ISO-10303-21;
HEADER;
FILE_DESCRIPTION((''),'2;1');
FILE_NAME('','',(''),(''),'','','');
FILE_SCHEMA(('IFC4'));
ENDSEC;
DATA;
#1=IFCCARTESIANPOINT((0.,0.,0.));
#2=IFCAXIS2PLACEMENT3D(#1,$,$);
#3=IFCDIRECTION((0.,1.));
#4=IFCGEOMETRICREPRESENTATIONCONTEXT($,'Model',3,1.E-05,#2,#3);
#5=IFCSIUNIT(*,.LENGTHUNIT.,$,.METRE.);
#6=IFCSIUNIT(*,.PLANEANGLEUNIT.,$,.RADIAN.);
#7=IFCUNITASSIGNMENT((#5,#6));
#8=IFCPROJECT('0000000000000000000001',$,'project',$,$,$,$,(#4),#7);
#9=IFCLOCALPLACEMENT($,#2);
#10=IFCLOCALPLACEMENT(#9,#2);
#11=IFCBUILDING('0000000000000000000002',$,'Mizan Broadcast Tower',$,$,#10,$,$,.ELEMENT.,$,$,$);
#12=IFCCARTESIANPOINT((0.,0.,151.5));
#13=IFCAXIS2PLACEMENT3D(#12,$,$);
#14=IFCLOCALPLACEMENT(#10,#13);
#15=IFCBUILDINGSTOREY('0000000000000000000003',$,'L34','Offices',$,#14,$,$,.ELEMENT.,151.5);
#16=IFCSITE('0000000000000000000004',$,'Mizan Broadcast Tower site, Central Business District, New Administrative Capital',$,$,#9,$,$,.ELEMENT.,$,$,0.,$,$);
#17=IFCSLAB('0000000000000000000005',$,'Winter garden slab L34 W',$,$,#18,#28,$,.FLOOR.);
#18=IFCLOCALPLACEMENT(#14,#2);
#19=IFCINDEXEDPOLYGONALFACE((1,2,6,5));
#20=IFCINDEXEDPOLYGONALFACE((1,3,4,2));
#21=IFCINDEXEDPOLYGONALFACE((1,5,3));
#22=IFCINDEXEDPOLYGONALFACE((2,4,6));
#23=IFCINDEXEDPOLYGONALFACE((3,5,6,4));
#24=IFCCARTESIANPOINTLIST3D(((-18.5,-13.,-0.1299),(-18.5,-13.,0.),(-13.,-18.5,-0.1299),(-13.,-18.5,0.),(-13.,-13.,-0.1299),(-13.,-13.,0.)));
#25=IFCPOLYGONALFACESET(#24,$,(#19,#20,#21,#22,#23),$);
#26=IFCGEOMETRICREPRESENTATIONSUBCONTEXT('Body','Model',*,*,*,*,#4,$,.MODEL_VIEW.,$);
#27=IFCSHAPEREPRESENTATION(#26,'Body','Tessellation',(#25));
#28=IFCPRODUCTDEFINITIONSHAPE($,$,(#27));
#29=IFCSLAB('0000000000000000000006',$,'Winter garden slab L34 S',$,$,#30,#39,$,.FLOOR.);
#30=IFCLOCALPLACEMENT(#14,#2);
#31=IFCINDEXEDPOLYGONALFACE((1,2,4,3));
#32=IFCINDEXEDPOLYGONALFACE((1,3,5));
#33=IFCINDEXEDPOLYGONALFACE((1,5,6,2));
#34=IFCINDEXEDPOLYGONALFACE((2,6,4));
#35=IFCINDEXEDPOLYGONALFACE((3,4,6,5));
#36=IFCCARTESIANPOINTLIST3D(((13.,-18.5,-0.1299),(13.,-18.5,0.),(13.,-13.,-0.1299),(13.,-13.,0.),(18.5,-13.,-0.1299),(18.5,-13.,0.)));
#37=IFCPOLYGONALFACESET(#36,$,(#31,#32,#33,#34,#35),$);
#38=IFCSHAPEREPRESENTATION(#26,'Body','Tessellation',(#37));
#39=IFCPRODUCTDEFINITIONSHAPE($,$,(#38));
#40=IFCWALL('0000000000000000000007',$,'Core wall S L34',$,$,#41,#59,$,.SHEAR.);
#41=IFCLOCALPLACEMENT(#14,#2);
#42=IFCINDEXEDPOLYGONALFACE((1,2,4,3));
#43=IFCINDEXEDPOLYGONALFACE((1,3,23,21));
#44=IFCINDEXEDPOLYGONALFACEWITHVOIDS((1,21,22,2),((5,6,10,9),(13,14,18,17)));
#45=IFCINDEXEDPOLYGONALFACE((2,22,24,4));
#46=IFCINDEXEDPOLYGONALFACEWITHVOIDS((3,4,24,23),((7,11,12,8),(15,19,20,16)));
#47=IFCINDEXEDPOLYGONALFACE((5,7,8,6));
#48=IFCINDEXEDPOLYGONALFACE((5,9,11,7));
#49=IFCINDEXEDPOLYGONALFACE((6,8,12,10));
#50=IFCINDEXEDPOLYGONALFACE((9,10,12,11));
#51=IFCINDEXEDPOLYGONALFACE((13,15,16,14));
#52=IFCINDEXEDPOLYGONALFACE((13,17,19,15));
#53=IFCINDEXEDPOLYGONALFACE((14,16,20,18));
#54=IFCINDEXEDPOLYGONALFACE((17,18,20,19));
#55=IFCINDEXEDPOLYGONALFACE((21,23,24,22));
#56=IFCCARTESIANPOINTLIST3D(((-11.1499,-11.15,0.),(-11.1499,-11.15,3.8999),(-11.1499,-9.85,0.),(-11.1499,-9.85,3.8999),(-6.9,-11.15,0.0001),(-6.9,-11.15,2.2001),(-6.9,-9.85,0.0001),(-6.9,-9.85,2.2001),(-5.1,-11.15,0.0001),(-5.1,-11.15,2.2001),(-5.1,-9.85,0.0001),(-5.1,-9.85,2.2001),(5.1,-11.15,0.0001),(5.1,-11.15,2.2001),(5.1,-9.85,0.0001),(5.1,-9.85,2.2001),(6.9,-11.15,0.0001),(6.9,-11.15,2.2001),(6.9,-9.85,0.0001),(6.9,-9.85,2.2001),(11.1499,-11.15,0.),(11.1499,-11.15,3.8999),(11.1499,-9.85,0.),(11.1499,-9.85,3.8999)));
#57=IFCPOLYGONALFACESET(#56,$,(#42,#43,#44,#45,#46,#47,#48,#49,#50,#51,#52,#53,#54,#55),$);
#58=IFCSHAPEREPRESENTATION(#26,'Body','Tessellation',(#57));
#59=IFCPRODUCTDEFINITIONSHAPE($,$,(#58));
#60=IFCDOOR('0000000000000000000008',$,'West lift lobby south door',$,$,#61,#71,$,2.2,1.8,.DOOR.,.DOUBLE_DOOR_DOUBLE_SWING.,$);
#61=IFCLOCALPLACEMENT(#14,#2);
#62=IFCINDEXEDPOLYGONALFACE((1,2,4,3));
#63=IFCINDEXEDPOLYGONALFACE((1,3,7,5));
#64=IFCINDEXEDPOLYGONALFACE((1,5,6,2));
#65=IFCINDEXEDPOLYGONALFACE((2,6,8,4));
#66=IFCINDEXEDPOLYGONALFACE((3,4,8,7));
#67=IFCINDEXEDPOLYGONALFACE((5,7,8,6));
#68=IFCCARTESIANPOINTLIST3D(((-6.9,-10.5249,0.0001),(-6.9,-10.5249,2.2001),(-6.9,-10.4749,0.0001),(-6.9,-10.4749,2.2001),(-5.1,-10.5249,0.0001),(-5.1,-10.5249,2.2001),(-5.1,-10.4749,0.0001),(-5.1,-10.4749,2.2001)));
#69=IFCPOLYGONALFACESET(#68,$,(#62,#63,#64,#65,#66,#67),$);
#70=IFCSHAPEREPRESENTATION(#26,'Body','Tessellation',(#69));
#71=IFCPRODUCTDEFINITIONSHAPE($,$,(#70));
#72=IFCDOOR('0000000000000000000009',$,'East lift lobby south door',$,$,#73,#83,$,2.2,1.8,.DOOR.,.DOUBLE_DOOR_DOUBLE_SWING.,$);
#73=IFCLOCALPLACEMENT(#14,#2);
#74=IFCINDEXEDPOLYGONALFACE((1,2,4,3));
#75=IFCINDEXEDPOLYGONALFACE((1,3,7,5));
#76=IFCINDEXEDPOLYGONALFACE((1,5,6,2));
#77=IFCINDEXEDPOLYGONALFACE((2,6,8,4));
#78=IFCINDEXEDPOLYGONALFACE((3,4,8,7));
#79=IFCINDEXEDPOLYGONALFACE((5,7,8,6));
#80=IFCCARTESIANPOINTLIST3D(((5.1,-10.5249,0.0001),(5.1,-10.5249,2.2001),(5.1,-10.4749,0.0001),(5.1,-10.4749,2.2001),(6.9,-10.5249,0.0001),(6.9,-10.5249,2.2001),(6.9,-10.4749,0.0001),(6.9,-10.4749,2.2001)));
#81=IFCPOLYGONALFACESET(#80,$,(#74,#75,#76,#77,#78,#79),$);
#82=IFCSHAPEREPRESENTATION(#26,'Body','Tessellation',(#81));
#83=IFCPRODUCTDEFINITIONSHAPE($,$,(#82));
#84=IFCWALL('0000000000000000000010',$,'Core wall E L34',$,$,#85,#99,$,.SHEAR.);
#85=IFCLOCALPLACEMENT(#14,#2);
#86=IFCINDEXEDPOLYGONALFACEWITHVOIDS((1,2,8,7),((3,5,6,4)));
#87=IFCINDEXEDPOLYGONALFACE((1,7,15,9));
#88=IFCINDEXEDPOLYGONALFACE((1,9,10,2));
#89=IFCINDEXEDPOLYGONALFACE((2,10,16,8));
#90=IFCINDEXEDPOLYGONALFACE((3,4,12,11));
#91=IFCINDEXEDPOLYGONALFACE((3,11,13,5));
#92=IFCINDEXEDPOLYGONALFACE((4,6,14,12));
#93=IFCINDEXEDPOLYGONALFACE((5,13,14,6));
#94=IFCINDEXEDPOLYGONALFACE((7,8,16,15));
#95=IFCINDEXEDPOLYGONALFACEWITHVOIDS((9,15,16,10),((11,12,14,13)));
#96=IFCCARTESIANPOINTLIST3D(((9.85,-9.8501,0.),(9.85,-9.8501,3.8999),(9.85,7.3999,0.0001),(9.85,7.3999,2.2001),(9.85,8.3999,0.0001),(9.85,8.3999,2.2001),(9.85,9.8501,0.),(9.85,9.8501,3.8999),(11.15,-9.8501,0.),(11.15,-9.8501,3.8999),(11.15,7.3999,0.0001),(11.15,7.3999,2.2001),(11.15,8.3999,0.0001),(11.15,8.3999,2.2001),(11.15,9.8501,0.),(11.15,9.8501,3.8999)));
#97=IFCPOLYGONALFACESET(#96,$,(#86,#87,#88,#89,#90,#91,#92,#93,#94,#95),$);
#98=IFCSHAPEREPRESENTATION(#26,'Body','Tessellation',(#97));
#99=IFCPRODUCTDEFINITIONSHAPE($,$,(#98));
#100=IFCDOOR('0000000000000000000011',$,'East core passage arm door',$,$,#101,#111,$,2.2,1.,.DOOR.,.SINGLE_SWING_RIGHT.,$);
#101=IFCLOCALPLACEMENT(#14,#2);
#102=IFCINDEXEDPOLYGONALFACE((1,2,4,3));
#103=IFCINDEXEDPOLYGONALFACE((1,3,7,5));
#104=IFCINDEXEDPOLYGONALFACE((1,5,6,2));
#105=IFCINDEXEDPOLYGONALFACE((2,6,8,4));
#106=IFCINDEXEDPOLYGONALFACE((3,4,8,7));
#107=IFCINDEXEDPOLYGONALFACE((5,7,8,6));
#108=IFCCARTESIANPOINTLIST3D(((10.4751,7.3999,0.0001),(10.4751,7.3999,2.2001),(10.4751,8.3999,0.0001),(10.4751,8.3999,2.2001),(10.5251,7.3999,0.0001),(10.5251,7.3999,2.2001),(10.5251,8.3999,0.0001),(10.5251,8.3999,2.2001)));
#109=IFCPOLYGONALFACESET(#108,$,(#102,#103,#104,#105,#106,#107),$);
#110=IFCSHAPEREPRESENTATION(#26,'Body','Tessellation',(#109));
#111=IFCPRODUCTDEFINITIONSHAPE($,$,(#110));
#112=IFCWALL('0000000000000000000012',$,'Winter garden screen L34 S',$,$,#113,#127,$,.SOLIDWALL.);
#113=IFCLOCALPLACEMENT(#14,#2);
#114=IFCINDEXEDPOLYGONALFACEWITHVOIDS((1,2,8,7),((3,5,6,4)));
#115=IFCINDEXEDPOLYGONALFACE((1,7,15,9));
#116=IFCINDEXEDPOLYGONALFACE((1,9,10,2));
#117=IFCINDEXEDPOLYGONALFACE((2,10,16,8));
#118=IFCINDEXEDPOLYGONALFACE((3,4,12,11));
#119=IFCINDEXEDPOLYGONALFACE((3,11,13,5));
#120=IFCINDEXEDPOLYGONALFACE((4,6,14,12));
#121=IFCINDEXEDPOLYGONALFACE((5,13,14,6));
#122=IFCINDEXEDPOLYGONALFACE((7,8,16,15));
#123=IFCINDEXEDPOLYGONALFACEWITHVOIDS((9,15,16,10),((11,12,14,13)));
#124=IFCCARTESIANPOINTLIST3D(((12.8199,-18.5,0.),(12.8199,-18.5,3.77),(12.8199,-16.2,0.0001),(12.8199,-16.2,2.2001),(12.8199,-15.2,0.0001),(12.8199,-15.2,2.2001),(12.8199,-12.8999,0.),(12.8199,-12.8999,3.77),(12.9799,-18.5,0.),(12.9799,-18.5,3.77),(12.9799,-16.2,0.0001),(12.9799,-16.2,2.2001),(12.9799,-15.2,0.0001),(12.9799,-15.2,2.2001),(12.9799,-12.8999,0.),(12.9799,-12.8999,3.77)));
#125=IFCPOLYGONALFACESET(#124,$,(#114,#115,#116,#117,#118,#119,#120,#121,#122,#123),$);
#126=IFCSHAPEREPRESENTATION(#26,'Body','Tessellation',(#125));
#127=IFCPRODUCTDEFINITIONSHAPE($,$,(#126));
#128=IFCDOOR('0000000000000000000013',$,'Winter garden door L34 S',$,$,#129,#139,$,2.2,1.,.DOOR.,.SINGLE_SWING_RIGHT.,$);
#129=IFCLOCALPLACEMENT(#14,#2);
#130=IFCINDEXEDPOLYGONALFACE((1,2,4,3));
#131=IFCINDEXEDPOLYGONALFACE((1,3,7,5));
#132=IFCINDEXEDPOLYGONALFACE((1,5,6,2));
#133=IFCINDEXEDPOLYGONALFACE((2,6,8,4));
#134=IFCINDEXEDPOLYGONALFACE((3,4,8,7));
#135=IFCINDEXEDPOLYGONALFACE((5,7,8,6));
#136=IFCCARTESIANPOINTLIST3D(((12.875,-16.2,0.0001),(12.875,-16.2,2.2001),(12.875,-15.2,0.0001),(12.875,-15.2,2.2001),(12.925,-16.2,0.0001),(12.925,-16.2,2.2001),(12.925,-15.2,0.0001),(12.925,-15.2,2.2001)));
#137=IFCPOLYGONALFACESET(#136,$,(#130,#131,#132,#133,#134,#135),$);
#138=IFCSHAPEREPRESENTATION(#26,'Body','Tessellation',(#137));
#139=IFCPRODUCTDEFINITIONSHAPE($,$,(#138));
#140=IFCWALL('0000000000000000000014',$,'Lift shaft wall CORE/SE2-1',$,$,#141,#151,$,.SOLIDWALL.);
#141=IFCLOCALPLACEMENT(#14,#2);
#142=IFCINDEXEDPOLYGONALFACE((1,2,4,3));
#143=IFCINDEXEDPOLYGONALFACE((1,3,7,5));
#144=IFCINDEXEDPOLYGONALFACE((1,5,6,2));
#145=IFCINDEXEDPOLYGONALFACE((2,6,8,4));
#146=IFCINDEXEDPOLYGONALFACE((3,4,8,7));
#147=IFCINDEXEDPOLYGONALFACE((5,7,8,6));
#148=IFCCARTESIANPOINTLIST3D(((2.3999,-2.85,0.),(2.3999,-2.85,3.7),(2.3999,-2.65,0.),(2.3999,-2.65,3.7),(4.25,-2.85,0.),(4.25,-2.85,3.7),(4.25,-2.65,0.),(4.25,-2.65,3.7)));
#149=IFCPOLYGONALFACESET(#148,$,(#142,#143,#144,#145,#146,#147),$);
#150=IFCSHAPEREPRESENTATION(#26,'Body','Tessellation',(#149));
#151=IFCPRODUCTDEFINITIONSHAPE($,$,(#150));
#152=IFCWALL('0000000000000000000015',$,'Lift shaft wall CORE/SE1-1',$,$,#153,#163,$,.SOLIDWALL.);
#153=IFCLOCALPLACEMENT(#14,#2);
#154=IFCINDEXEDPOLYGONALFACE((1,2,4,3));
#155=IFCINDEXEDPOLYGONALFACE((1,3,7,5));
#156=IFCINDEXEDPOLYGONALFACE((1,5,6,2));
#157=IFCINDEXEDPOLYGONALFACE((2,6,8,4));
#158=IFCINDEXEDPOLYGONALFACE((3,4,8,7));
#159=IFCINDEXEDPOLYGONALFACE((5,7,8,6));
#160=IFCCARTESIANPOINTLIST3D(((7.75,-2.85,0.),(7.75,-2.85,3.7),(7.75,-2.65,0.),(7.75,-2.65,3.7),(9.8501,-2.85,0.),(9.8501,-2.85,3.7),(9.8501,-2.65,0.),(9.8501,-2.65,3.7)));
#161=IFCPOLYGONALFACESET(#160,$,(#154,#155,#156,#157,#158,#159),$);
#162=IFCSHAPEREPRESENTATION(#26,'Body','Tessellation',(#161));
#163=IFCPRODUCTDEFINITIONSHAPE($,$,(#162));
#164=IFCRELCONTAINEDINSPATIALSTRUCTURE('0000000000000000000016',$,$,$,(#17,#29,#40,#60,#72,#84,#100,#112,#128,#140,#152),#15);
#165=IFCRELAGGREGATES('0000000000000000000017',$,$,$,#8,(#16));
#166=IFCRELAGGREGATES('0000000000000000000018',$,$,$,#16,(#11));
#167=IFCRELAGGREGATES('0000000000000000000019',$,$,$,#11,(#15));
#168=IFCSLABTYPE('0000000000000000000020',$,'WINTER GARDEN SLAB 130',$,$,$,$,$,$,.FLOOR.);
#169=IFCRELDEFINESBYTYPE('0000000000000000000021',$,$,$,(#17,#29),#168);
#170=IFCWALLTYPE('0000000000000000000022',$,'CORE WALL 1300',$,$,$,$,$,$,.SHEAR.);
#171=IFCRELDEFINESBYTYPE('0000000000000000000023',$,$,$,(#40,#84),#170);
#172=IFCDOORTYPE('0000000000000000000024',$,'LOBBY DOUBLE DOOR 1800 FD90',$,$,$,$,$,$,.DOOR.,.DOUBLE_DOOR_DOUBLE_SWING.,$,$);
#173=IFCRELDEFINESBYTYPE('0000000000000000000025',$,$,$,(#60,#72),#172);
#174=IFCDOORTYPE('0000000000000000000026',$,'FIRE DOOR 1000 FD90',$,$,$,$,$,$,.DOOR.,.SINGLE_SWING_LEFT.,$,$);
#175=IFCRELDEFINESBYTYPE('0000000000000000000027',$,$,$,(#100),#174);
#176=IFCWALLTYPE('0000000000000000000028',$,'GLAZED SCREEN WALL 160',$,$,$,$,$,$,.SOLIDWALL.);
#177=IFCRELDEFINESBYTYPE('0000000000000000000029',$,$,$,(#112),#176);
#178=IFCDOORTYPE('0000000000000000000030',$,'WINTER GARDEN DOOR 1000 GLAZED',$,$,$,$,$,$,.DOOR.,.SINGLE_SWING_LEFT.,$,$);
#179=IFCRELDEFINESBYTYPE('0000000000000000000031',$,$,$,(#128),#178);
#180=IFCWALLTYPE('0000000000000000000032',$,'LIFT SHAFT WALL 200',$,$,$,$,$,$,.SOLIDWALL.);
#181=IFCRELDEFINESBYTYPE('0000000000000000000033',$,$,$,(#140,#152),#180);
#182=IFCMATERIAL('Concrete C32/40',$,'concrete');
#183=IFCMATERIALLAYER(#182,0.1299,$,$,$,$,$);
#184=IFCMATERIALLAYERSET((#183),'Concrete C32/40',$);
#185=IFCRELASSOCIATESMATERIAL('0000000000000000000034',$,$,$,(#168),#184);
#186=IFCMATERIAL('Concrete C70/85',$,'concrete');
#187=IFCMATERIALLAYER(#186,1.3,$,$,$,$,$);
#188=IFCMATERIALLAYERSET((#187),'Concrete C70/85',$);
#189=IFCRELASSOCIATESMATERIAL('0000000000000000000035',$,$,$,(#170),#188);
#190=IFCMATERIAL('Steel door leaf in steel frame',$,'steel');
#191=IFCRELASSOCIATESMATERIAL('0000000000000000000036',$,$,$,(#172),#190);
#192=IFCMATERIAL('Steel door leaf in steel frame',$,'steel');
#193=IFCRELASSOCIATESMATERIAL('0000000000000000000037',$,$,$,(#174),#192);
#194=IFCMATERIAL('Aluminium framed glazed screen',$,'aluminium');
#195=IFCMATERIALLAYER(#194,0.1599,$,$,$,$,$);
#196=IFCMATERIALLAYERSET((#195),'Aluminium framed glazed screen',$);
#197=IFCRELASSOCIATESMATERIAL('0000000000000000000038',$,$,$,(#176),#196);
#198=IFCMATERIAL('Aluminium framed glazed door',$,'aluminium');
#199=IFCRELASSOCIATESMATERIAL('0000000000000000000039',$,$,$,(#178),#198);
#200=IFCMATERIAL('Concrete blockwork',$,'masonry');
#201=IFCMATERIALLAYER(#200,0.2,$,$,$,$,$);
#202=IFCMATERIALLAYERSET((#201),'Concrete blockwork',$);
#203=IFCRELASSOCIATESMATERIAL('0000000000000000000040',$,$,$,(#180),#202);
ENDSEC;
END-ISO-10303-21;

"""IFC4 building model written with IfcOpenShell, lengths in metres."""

from ifc_helpers import new_model, si_unit, direction, frame, frame_2d, origin, place, context, subcontext, project, spatial, polyline, rectangle, outline, extrude, material, layer, layer_set, type_object, element, fill, save


model = new_model("IFC4")

# Units and contexts
model_context = context("Model", 3, precision=1e-05, world=origin(), true_north=direction((0.0, 1.0)))
body_context = subcontext(model_context, "Body", "Model", "MODEL_VIEW")
ifc_project = project(units=[si_unit("LENGTHUNIT", "METRE"), si_unit("PLANEANGLEUNIT", "RADIAN")], contexts=[model_context])

# Site, building, storey
site_placement = place(None, origin())
site = spatial("IfcSite", under=ifc_project, at=site_placement, Name="Mizan Broadcast Tower site, Central Business District, New Administrative Capital", CompositionType="ELEMENT", RefElevation=0.0)
building_placement = place(site_placement, origin())
building = spatial("IfcBuilding", under=site, at=building_placement, Name="Mizan Broadcast Tower", CompositionType="ELEMENT")
storey_placement = place(building_placement, frame((0.0, 0.0, 151.5)))
storey = spatial("IfcBuildingStorey", under=building, at=storey_placement, Name="L34", Description="Offices", CompositionType="ELEMENT", Elevation=151.5)

# Slabs
ifc_material_1 = material(Name="Concrete C32/40", Category="concrete")
ifc_layer_1 = layer(ifc_material_1, 0.1299)
ifc_layer_set_1 = layer_set([ifc_layer_1], Name="Concrete C32/40")
slab_type_1 = type_object("IfcSlabType", Name="WINTER GARDEN SLAB 130", PredefinedType="FLOOR", material=ifc_layer_set_1)
slab_1_placement = place(storey_placement, frame((0.0, 0.0, -0.1299)))
element("IfcSlab", 1, at=slab_1_placement, inside=storey, type_object=slab_type_1, Name="Winter garden slab L34 W", PredefinedType="FLOOR", context=body_context, shape_type="SweptSolid", body=[
    extrude(outline(polyline([(-13.0, -13.0), (-18.5, -13.0), (-13.0, -18.5), (-13.0, -13.0)])), origin(), (0.0, 0.0, 1.0), 0.1299),
])
slab_2_placement = place(storey_placement, frame((0.0, 0.0, -0.1299)))
element("IfcSlab", 2, at=slab_2_placement, inside=storey, type_object=slab_type_1, Name="Winter garden slab L34 S", PredefinedType="FLOOR", context=body_context, shape_type="SweptSolid", body=[
    extrude(outline(polyline([(13.0, -13.0), (13.0, -18.5), (18.5, -13.0), (13.0, -13.0)])), origin(), (0.0, 0.0, 1.0), 0.1299),
])

# Wall, openings, doors
ifc_material_2 = material(Name="Concrete C70/85", Category="concrete")
ifc_layer_2 = layer(ifc_material_2, 1.3)
ifc_layer_set_2 = layer_set([ifc_layer_2], Name="Concrete C70/85")
wall_type_1 = type_object("IfcWallType", Name="CORE WALL 1300", PredefinedType="SHEAR", material=ifc_layer_set_2)
wall_1_placement = place(storey_placement, frame((11.1499, -10.5, 0.0), z_axis=(0.0, 0.0, 1.0), x_axis=(-1.0, 0.0, 0.0)))
wall_1 = element("IfcWall", 3, at=wall_1_placement, inside=storey, type_object=wall_type_1, Name="Core wall S L34", PredefinedType="SHEAR", context=body_context, shape_type="SweptSolid", body=[
    extrude(rectangle(XDim=22.2998, YDim=1.3, at=frame_2d((11.1499, 0.0))), origin(), (0.0, 0.0, 1.0), 3.8999),
])
opening_1_placement = place(wall_1_placement, frame((16.25, 0.0, 0.0)))
opening_1 = element("IfcOpeningElement", 4, at=opening_1_placement, cuts=wall_1, PredefinedType="OPENING", context=body_context, shape_type="SweptSolid", body=[
    extrude(rectangle(XDim=1.8, YDim=2.2, at=frame_2d((0.8999, 1.1001))), frame((0.0, 0.6599, 0.0), z_axis=(0.0, -1.0, 0.0), x_axis=(1.0, 0.0, 0.0)), (0.0, 0.0, 1.0), 1.3201),
])
opening_2_placement = place(wall_1_placement, frame((4.25, 0.0, 0.0)))
opening_2 = element("IfcOpeningElement", 5, at=opening_2_placement, cuts=wall_1, PredefinedType="OPENING", context=body_context, shape_type="SweptSolid", body=[
    extrude(rectangle(XDim=1.8, YDim=2.2, at=frame_2d((0.8999, 1.1001))), frame((0.0, 0.6599, 0.0), z_axis=(0.0, -1.0, 0.0), x_axis=(1.0, 0.0, 0.0)), (0.0, 0.0, 1.0), 1.3201),
])
ifc_material_3 = material(Name="Steel door leaf in steel frame", Category="steel")
door_type_1 = type_object("IfcDoorType", Name="LOBBY DOUBLE DOOR 1800 FD90", OperationType="DOUBLE_DOOR_DOUBLE_SWING", PredefinedType="DOOR", material=ifc_material_3)
door_1_placement = place(opening_1_placement, origin())
door_1 = element("IfcDoor", 6, at=door_1_placement, inside=storey, type_object=door_type_1, Name="West lift lobby south door", OperationType="DOUBLE_DOOR_DOUBLE_SWING", OverallHeight=2.2, OverallWidth=1.8, PredefinedType="DOOR", context=body_context, shape_type="SweptSolid", body=[
    extrude(rectangle(XDim=1.8, YDim=2.2, at=frame_2d((0.8999, 1.1001))), frame((0.0, 0.0249, 0.0), z_axis=(0.0, -1.0, 0.0), x_axis=(1.0, 0.0, 0.0)), (0.0, 0.0, 1.0), 0.05),
])
fill(opening_1, door_1)
door_2_placement = place(opening_2_placement, origin())
door_2 = element("IfcDoor", 7, at=door_2_placement, inside=storey, type_object=door_type_1, Name="East lift lobby south door", OperationType="DOUBLE_DOOR_DOUBLE_SWING", OverallHeight=2.2, OverallWidth=1.8, PredefinedType="DOOR", context=body_context, shape_type="SweptSolid", body=[
    extrude(rectangle(XDim=1.8, YDim=2.2, at=frame_2d((0.8999, 1.1001))), frame((0.0, 0.0249, 0.0), z_axis=(0.0, -1.0, 0.0), x_axis=(1.0, 0.0, 0.0)), (0.0, 0.0, 1.0), 0.05),
])
fill(opening_2, door_2)

# Walls, openings, doors
wall_2_placement = place(storey_placement, frame((10.5, -9.8501, 0.0), z_axis=(0.0, 0.0, 1.0), x_axis=(0.0, 1.0, 0.0)))
wall_2 = element("IfcWall", 8, at=wall_2_placement, inside=storey, type_object=wall_type_1, Name="Core wall E L34", PredefinedType="SHEAR", context=body_context, shape_type="SweptSolid", body=[
    extrude(rectangle(XDim=19.7002, YDim=1.3, at=frame_2d((9.8501, 0.0))), origin(), (0.0, 0.0, 1.0), 3.8999),
])
opening_3_placement = place(wall_2_placement, frame((17.25, 0.0, 0.0)))
opening_3 = element("IfcOpeningElement", 9, at=opening_3_placement, cuts=wall_2, PredefinedType="OPENING", context=body_context, shape_type="SweptSolid", body=[
    extrude(rectangle(XDim=1.0, YDim=2.2, at=frame_2d((0.5, 1.1001))), frame((0.0, 0.6599, 0.0), z_axis=(0.0, -1.0, 0.0), x_axis=(1.0, 0.0, 0.0)), (0.0, 0.0, 1.0), 1.3201),
])
ifc_material_4 = material(Name="Steel door leaf in steel frame", Category="steel")
door_type_2 = type_object("IfcDoorType", Name="FIRE DOOR 1000 FD90", OperationType="SINGLE_SWING_LEFT", PredefinedType="DOOR", material=ifc_material_4)
door_3_placement = place(opening_3_placement, origin())
door_3 = element("IfcDoor", 10, at=door_3_placement, inside=storey, type_object=door_type_2, Name="East core passage arm door", OperationType="SINGLE_SWING_RIGHT", OverallHeight=2.2, OverallWidth=1.0, PredefinedType="DOOR", context=body_context, shape_type="SweptSolid", body=[
    extrude(rectangle(XDim=1.0, YDim=2.2, at=frame_2d((0.5, 1.1001))), frame((0.0, 0.0249, 0.0), z_axis=(0.0, -1.0, 0.0), x_axis=(1.0, 0.0, 0.0)), (0.0, 0.0, 1.0), 0.05),
])
fill(opening_3, door_3)
ifc_material_5 = material(Name="Aluminium framed glazed screen", Category="aluminium")
ifc_layer_3 = layer(ifc_material_5, 0.1599)
ifc_layer_set_3 = layer_set([ifc_layer_3], Name="Aluminium framed glazed screen")
wall_type_2 = type_object("IfcWallType", Name="GLAZED SCREEN WALL 160", PredefinedType="SOLIDWALL", material=ifc_layer_set_3)
wall_3_placement = place(storey_placement, frame((12.8999, -18.5, 0.0), z_axis=(0.0, 0.0, 1.0), x_axis=(0.0, 1.0, 0.0)))
wall_3 = element("IfcWall", 11, at=wall_3_placement, inside=storey, type_object=wall_type_2, Name="Winter garden screen L34 S", PredefinedType="SOLIDWALL", context=body_context, shape_type="SweptSolid", body=[
    extrude(rectangle(XDim=5.6001, YDim=0.1599, at=frame_2d((2.8, 0.0))), origin(), (0.0, 0.0, 1.0), 3.77),
])
opening_4_placement = place(wall_3_placement, frame((2.3, 0.0, 0.0)))
opening_4 = element("IfcOpeningElement", 12, at=opening_4_placement, cuts=wall_3, PredefinedType="OPENING", context=body_context, shape_type="SweptSolid", body=[
    extrude(rectangle(XDim=1.0, YDim=2.2, at=frame_2d((0.5, 1.1001))), frame((0.0, 0.0898, 0.0), z_axis=(0.0, -1.0, 0.0), x_axis=(1.0, 0.0, 0.0)), (0.0, 0.0, 1.0), 0.1799),
])
ifc_material_6 = material(Name="Aluminium framed glazed door", Category="aluminium")
door_type_3 = type_object("IfcDoorType", Name="WINTER GARDEN DOOR 1000 GLAZED", OperationType="SINGLE_SWING_LEFT", PredefinedType="DOOR", material=ifc_material_6)
door_4_placement = place(opening_4_placement, origin())
door_4 = element("IfcDoor", 13, at=door_4_placement, inside=storey, type_object=door_type_3, Name="Winter garden door L34 S", OperationType="SINGLE_SWING_RIGHT", OverallHeight=2.2, OverallWidth=1.0, PredefinedType="DOOR", context=body_context, shape_type="SweptSolid", body=[
    extrude(rectangle(XDim=1.0, YDim=2.2, at=frame_2d((0.5, 1.1001))), frame((0.0, 0.0249, 0.0), z_axis=(0.0, -1.0, 0.0), x_axis=(1.0, 0.0, 0.0)), (0.0, 0.0, 1.0), 0.05),
])
fill(opening_4, door_4)

# Walls
ifc_material_7 = material(Name="Concrete blockwork", Category="masonry")
ifc_layer_4 = layer(ifc_material_7, 0.2)
ifc_layer_set_4 = layer_set([ifc_layer_4], Name="Concrete blockwork")
wall_type_3 = type_object("IfcWallType", Name="LIFT SHAFT WALL 200", PredefinedType="SOLIDWALL", material=ifc_layer_set_4)
wall_4_placement = place(storey_placement, frame((2.3999, -2.75, 0.0), z_axis=(0.0, 0.0, 1.0), x_axis=(1.0, 0.0, 0.0)))
element("IfcWall", 14, at=wall_4_placement, inside=storey, type_object=wall_type_3, Name="Lift shaft wall CORE/SE2-1", PredefinedType="SOLIDWALL", context=body_context, shape_type="SweptSolid", body=[
    extrude(rectangle(XDim=1.8501, YDim=0.2, at=frame_2d((0.925, 0.0))), origin(), (0.0, 0.0, 1.0), 3.7),
])
wall_5_placement = place(storey_placement, frame((7.75, -2.75, 0.0), z_axis=(0.0, 0.0, 1.0), x_axis=(1.0, 0.0, 0.0)))
element("IfcWall", 15, at=wall_5_placement, inside=storey, type_object=wall_type_3, Name="Lift shaft wall CORE/SE1-1", PredefinedType="SOLIDWALL", context=body_context, shape_type="SweptSolid", body=[
    extrude(rectangle(XDim=2.1001, YDim=0.2, at=frame_2d((1.05, 0.0))), origin(), (0.0, 0.0, 1.0), 3.7),
])

save(model, "model.ifc")
